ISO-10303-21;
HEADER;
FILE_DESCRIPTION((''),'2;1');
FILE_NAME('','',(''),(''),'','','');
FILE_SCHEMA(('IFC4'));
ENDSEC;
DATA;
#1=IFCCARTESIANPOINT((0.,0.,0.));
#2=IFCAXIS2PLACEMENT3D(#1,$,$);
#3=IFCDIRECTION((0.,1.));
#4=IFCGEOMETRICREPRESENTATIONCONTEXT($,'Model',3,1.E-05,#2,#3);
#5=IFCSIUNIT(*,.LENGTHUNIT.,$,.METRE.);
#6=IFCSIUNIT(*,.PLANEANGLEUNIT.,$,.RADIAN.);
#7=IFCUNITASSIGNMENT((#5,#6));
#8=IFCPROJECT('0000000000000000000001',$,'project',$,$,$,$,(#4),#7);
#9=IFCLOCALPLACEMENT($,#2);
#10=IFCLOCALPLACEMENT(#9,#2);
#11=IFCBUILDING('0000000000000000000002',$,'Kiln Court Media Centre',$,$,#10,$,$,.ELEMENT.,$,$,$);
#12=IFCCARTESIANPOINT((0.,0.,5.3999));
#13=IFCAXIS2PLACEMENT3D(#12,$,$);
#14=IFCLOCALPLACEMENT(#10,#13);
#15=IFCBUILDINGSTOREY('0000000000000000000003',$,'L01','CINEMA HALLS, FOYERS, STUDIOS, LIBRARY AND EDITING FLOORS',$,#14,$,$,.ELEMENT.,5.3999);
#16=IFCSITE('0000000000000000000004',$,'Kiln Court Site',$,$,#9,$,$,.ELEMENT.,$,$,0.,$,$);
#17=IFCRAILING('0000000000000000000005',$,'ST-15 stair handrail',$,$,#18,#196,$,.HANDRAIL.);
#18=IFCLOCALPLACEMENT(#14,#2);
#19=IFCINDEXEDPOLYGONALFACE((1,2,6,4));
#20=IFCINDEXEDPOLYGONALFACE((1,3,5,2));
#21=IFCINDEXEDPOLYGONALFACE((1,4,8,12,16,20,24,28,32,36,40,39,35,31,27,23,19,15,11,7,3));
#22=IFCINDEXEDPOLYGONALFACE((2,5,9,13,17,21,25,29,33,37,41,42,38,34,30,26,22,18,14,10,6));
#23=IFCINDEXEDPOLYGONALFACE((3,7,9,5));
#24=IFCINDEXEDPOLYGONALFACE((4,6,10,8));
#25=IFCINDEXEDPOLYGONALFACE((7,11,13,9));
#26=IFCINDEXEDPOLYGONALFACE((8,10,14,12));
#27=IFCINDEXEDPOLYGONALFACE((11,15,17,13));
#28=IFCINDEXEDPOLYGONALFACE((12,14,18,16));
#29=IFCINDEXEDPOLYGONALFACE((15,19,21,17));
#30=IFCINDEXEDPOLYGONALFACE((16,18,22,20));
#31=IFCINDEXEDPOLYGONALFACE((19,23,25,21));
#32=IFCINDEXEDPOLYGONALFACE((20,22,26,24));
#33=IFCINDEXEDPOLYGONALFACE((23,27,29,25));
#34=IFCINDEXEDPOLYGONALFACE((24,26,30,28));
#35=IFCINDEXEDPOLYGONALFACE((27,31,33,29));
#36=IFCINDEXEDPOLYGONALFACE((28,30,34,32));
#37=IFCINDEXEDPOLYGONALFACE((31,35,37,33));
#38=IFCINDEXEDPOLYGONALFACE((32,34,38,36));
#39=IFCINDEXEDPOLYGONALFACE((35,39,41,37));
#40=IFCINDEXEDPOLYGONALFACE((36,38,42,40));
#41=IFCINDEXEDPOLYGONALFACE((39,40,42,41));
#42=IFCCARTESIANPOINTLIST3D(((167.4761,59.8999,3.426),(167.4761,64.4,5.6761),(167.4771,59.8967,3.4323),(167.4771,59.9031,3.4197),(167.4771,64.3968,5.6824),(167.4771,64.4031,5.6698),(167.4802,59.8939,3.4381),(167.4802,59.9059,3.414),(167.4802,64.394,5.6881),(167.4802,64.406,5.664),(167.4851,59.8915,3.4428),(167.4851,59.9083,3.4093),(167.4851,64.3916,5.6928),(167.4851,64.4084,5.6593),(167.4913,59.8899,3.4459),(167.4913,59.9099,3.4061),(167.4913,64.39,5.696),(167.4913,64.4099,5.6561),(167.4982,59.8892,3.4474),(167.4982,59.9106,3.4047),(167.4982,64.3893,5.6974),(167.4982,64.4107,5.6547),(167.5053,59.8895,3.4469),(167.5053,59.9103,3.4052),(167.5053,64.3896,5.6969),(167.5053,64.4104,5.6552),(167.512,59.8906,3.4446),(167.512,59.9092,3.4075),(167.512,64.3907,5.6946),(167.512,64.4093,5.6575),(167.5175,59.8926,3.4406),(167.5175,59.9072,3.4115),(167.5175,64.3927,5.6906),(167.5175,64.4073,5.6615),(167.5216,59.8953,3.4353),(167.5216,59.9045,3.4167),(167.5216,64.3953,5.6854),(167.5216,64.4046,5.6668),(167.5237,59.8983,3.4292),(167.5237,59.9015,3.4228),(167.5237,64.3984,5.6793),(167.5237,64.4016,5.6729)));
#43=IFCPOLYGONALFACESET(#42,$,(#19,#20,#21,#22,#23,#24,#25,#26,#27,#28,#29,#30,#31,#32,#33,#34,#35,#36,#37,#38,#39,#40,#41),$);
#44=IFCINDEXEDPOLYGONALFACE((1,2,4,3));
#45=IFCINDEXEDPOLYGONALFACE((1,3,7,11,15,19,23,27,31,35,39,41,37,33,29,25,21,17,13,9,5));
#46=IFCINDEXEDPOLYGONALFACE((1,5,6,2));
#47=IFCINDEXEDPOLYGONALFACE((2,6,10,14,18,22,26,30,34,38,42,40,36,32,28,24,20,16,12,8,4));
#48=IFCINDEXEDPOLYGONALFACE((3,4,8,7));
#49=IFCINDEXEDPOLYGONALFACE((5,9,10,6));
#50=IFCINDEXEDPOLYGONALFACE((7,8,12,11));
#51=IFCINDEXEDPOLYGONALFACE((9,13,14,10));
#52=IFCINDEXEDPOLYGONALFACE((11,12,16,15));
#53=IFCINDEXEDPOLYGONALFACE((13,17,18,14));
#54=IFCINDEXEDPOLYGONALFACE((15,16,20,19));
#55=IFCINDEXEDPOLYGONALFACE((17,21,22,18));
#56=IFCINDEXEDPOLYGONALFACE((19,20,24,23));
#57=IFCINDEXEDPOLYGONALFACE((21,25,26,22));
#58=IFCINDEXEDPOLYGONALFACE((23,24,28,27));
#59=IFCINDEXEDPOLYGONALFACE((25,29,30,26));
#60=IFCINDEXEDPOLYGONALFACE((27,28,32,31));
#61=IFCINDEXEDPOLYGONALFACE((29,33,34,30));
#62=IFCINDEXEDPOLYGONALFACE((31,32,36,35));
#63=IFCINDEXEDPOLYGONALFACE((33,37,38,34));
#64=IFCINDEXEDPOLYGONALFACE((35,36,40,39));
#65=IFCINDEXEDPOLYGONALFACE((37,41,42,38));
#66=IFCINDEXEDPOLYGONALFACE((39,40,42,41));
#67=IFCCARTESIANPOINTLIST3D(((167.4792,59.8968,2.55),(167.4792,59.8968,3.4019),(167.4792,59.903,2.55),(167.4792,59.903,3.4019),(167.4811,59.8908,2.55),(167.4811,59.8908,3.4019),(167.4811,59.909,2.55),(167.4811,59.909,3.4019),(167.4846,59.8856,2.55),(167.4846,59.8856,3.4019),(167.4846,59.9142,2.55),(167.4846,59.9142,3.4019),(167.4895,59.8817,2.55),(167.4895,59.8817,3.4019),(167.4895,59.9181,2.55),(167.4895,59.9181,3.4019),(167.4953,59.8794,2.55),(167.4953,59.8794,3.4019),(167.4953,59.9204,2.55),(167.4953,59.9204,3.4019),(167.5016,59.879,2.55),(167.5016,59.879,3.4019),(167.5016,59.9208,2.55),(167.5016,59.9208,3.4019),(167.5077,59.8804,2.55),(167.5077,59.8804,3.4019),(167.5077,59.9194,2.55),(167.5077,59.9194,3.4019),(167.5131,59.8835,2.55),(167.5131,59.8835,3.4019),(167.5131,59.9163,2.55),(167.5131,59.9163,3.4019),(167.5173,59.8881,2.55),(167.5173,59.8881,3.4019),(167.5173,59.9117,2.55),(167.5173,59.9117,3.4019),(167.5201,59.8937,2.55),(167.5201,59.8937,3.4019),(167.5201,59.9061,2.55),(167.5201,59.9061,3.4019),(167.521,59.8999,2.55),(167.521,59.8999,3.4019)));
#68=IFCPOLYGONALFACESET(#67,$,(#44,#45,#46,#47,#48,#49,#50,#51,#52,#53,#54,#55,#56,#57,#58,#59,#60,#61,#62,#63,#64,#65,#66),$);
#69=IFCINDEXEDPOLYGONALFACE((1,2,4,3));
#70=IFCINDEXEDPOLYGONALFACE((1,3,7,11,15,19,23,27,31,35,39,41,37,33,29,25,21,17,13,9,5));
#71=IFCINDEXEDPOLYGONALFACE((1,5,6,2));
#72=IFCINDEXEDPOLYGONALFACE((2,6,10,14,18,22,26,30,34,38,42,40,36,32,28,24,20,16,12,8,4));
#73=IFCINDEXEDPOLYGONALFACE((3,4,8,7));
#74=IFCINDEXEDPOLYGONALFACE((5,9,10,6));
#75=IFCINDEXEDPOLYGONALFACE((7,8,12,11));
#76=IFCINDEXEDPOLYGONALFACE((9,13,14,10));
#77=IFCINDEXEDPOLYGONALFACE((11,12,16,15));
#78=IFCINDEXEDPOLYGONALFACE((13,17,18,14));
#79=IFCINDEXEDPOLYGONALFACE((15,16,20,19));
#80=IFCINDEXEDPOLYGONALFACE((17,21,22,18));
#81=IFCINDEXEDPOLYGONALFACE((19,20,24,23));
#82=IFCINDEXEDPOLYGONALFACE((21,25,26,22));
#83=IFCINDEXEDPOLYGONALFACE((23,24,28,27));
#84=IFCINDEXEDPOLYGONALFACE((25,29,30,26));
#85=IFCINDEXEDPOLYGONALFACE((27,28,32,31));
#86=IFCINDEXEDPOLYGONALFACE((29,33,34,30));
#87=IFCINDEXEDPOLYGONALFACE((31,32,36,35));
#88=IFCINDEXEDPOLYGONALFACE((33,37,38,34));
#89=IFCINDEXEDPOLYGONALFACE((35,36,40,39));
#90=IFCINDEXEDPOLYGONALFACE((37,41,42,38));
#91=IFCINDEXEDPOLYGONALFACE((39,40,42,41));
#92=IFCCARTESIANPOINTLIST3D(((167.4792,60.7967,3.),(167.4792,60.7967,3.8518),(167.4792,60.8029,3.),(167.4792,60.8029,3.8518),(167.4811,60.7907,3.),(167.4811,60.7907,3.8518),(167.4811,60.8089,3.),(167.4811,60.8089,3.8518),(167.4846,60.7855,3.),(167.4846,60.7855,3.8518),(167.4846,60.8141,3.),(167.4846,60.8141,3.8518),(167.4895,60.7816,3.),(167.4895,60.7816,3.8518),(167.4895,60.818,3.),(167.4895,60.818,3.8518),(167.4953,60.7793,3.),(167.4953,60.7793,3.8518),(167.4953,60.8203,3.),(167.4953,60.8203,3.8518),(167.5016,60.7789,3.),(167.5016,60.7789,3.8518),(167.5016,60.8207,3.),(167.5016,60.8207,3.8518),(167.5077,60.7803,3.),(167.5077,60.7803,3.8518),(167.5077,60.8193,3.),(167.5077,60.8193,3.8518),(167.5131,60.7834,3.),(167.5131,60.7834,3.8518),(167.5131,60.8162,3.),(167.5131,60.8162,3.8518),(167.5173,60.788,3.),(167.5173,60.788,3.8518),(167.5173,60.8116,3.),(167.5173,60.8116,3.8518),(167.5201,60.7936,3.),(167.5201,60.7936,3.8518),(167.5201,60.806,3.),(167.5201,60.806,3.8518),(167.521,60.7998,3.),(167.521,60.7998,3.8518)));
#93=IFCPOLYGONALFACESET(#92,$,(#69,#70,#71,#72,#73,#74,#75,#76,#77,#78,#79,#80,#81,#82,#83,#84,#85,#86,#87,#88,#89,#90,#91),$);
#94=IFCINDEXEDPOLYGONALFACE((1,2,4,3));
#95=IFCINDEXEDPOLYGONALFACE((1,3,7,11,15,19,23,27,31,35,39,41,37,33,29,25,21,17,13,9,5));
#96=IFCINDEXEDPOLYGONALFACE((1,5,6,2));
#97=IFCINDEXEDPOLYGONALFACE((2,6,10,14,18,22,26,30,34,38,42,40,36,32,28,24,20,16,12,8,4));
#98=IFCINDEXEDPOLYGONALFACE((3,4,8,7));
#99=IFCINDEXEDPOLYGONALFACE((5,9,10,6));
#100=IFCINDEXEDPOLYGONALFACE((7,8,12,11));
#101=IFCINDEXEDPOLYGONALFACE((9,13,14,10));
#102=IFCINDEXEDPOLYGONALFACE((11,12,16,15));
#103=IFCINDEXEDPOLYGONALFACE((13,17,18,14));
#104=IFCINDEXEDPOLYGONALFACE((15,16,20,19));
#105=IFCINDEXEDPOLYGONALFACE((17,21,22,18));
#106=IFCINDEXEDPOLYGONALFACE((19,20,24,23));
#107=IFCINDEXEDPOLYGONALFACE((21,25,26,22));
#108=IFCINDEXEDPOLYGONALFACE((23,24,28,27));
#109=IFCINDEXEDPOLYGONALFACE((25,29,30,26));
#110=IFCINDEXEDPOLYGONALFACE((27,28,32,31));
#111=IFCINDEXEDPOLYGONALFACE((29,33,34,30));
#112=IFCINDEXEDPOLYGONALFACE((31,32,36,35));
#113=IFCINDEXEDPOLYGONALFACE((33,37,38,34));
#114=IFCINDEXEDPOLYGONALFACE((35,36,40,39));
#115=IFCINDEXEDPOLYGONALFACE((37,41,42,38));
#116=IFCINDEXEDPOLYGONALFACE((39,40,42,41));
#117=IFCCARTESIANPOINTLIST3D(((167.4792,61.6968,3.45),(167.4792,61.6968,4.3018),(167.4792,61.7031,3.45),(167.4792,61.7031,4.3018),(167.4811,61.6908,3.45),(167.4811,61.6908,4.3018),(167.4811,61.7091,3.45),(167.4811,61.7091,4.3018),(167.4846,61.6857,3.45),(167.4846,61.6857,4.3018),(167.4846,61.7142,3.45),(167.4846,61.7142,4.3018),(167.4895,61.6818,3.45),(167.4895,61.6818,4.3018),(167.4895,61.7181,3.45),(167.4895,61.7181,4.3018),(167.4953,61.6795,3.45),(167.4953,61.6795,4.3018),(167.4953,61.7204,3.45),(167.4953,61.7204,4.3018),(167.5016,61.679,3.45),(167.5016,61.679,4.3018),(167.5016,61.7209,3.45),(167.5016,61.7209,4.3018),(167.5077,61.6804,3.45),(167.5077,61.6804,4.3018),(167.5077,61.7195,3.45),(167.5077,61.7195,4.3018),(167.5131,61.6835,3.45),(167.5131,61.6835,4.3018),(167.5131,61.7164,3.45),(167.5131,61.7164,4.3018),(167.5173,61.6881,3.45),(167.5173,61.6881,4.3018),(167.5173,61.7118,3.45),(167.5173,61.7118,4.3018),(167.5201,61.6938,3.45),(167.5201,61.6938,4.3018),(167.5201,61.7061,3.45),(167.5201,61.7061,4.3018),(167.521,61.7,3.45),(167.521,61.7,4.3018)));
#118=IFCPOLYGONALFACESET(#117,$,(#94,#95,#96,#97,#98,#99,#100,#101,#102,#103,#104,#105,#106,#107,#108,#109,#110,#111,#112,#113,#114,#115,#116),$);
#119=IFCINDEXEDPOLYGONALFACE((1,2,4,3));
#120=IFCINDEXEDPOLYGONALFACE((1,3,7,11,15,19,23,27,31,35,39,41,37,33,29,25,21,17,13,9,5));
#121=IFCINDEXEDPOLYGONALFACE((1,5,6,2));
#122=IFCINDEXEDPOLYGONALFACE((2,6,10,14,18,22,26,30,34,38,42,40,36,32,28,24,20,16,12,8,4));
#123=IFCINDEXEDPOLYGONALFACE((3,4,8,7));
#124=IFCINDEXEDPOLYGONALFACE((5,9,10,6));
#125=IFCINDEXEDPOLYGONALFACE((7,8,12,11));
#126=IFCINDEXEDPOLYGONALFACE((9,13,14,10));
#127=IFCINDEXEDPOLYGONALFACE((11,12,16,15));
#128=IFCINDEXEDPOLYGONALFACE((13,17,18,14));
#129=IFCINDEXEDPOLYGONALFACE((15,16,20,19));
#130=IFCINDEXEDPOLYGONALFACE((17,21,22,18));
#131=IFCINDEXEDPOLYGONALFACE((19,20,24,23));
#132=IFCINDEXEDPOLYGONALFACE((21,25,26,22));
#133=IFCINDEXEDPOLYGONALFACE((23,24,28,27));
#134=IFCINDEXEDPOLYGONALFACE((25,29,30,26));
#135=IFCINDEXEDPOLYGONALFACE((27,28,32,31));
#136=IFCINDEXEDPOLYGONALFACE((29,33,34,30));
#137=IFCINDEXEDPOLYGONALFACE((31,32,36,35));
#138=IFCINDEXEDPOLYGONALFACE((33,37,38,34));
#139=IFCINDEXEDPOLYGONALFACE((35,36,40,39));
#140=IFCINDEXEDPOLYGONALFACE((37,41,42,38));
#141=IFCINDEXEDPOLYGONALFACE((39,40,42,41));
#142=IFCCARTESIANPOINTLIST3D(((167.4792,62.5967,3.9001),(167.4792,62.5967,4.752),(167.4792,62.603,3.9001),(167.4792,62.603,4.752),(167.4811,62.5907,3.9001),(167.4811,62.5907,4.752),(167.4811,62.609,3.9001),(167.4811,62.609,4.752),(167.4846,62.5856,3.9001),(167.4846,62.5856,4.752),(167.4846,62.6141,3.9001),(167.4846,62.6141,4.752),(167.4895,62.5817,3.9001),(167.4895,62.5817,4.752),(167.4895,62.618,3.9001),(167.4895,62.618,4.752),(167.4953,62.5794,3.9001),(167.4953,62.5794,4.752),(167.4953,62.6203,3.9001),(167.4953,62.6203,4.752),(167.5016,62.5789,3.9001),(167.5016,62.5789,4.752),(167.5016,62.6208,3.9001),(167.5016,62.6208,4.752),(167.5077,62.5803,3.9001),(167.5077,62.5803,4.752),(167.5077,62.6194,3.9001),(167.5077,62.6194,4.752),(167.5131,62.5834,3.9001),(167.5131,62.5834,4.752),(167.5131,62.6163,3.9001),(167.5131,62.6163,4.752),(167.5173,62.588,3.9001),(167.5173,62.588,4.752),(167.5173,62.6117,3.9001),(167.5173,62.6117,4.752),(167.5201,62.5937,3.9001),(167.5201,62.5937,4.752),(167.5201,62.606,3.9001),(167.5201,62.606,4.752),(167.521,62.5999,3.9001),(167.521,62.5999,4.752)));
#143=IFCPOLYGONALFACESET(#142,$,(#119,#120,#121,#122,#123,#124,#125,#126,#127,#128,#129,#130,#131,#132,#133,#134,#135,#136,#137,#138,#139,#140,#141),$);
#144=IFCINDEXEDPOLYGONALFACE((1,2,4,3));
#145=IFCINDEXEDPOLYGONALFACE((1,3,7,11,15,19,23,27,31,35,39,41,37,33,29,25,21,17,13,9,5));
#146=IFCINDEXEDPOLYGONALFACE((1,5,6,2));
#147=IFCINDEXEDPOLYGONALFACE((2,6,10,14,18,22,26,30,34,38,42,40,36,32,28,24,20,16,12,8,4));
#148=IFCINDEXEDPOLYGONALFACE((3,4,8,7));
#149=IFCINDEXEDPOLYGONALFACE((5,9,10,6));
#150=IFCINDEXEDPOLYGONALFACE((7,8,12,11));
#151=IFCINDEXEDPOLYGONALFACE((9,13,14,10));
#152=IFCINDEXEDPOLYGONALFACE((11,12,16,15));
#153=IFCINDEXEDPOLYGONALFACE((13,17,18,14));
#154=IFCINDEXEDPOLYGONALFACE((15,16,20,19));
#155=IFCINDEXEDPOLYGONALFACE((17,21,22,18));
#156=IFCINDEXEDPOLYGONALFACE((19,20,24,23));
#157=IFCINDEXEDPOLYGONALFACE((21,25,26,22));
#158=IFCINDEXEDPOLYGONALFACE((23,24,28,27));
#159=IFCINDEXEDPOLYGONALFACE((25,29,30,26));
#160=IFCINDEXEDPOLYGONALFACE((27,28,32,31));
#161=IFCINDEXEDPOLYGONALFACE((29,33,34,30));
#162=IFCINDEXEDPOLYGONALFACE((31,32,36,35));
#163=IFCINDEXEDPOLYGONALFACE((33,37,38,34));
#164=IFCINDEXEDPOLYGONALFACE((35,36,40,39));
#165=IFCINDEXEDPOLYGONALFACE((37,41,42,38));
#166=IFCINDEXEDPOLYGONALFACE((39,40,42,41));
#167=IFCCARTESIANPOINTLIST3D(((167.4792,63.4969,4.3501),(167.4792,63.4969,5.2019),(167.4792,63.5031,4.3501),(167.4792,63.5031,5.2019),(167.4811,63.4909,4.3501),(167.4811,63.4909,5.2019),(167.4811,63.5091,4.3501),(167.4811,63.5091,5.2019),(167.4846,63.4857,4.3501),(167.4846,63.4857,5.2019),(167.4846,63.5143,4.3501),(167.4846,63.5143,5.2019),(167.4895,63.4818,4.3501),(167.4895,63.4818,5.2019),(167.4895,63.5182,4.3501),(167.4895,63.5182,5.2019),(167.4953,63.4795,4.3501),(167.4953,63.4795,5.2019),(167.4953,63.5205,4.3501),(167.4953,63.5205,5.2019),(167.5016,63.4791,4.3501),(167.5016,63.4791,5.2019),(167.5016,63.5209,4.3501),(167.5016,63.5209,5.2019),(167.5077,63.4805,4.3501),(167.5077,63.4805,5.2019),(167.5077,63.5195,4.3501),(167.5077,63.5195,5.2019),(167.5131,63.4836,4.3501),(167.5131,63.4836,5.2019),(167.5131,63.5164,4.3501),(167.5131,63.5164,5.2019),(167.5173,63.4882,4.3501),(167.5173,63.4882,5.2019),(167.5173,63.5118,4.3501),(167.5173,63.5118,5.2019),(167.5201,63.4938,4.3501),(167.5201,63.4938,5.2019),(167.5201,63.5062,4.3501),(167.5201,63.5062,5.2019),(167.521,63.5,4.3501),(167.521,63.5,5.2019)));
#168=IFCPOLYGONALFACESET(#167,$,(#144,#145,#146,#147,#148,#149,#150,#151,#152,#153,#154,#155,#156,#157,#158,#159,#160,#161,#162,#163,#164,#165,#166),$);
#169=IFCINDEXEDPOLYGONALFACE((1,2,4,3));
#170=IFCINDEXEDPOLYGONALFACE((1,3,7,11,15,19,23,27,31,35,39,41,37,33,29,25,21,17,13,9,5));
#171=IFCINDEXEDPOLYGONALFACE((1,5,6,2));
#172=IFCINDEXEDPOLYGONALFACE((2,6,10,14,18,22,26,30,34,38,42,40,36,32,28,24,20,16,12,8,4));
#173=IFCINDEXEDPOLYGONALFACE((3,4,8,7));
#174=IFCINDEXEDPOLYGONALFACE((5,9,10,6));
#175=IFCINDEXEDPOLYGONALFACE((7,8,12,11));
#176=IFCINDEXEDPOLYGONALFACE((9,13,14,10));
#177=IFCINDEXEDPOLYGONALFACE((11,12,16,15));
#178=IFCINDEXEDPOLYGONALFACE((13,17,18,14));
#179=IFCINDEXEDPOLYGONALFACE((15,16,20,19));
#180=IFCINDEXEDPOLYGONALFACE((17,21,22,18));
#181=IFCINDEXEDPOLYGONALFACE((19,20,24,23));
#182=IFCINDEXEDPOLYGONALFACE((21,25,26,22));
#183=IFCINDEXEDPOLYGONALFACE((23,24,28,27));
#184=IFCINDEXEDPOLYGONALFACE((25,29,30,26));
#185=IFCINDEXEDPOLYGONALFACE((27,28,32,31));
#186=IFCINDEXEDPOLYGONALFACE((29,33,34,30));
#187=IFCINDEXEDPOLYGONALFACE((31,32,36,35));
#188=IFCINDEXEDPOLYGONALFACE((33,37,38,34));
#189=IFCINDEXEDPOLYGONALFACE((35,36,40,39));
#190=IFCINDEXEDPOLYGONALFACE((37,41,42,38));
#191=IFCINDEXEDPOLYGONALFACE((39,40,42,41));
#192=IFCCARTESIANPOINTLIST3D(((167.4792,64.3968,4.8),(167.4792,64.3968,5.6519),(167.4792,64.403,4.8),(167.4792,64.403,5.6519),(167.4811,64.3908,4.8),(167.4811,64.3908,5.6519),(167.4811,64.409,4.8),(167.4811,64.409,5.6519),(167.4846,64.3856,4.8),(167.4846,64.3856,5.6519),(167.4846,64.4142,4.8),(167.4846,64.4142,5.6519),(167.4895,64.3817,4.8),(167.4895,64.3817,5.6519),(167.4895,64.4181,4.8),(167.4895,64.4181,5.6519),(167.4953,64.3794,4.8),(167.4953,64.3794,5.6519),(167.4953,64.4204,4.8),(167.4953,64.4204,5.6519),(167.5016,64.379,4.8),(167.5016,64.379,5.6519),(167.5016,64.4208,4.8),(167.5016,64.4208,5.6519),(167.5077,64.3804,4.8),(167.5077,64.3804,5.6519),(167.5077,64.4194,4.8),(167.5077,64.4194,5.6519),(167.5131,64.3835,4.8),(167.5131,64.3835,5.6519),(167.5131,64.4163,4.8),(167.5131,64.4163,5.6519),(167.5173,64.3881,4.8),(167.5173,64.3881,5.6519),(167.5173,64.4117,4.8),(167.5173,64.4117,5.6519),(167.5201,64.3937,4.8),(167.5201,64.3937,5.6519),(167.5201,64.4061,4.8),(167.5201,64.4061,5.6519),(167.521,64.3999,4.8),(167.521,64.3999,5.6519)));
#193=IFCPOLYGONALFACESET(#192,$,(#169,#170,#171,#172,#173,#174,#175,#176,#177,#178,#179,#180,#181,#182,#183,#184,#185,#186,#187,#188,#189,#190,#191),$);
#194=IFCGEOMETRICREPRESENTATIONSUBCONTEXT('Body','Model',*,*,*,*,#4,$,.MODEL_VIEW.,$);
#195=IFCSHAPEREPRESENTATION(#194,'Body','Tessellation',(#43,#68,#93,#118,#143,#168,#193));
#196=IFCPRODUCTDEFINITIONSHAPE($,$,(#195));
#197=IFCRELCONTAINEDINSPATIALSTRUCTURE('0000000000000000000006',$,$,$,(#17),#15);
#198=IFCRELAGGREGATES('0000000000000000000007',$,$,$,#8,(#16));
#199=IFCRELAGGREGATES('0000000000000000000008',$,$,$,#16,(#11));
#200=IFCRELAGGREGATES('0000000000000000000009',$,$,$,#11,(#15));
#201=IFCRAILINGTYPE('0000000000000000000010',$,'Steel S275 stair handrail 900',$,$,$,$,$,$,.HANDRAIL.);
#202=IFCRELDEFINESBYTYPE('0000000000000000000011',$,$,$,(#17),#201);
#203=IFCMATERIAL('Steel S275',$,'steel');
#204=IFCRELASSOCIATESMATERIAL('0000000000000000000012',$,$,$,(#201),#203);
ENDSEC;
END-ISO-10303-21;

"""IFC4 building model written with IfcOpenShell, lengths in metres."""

from ifc_helpers import new_model, si_unit, direction, frame, origin, origin_2d, place, context, subcontext, project, spatial, circle, extrude, material, type_object, element, save


model = new_model("IFC4")

# Units and contexts
model_context = context("Model", 3, precision=1e-05, world=origin(), true_north=direction((0.0, 1.0)))
body_context = subcontext(model_context, "Body", "Model", "MODEL_VIEW")
ifc_project = project(units=[si_unit("LENGTHUNIT", "METRE"), si_unit("PLANEANGLEUNIT", "RADIAN")], contexts=[model_context])

# Site, building, storey
site_placement = place(None, origin())
site = spatial("IfcSite", under=ifc_project, at=site_placement, Name="Kiln Court Site", CompositionType="ELEMENT", RefElevation=0.0)
building_placement = place(site_placement, origin())
building = spatial("IfcBuilding", under=site, at=building_placement, Name="Kiln Court Media Centre", CompositionType="ELEMENT")
storey_placement = place(building_placement, frame((0.0, 0.0, 5.3999)))
storey = spatial("IfcBuildingStorey", under=building, at=storey_placement, Name="L01", Description="CINEMA HALLS, FOYERS, STUDIOS, LIBRARY AND EDITING FLOORS", CompositionType="ELEMENT", Elevation=5.3999)

# Railing
ifc_material_1 = material(Name="Steel S275", Category="steel")
railing_type_1 = type_object("IfcRailingType", Name="Steel S275 stair handrail 900", PredefinedType="HANDRAIL", material=ifc_material_1)
railing_1_placement = place(storey_placement, frame((167.5, 59.8999, 2.55)))
element("IfcRailing", 1, at=railing_1_placement, inside=storey, type_object=railing_type_1, Name="ST-15 stair handrail", PredefinedType="HANDRAIL", context=body_context, shape_type="SweptSolid", body=[
    extrude(circle(Radius=0.0239, at=origin_2d()), frame((0.0, 0.0, 0.876), z_axis=(0.0, 0.894427, 0.447214), x_axis=(-1.0, 0.0, 0.0)), (0.0, 0.0, 1.0), 5.0312),
    extrude(circle(Radius=0.021, at=origin_2d()), origin(), (0.0, 0.0, 1.0), 0.8518),
    extrude(circle(Radius=0.021, at=origin_2d()), frame((0.0, 0.8999, 0.45)), (0.0, 0.0, 1.0), 0.8518),
    extrude(circle(Radius=0.021, at=origin_2d()), frame((0.0, 1.8, 0.8999)), (0.0, 0.0, 1.0), 0.8518),
    extrude(circle(Radius=0.021, at=origin_2d()), frame((0.0, 2.7, 1.3501)), (0.0, 0.0, 1.0), 0.8518),
    extrude(circle(Radius=0.021, at=origin_2d()), frame((0.0, 3.6001, 1.8)), (0.0, 0.0, 1.0), 0.8518),
    extrude(circle(Radius=0.021, at=origin_2d()), frame((0.0, 4.5, 2.25)), (0.0, 0.0, 1.0), 0.8518),
])

save(model, "model.ifc")
